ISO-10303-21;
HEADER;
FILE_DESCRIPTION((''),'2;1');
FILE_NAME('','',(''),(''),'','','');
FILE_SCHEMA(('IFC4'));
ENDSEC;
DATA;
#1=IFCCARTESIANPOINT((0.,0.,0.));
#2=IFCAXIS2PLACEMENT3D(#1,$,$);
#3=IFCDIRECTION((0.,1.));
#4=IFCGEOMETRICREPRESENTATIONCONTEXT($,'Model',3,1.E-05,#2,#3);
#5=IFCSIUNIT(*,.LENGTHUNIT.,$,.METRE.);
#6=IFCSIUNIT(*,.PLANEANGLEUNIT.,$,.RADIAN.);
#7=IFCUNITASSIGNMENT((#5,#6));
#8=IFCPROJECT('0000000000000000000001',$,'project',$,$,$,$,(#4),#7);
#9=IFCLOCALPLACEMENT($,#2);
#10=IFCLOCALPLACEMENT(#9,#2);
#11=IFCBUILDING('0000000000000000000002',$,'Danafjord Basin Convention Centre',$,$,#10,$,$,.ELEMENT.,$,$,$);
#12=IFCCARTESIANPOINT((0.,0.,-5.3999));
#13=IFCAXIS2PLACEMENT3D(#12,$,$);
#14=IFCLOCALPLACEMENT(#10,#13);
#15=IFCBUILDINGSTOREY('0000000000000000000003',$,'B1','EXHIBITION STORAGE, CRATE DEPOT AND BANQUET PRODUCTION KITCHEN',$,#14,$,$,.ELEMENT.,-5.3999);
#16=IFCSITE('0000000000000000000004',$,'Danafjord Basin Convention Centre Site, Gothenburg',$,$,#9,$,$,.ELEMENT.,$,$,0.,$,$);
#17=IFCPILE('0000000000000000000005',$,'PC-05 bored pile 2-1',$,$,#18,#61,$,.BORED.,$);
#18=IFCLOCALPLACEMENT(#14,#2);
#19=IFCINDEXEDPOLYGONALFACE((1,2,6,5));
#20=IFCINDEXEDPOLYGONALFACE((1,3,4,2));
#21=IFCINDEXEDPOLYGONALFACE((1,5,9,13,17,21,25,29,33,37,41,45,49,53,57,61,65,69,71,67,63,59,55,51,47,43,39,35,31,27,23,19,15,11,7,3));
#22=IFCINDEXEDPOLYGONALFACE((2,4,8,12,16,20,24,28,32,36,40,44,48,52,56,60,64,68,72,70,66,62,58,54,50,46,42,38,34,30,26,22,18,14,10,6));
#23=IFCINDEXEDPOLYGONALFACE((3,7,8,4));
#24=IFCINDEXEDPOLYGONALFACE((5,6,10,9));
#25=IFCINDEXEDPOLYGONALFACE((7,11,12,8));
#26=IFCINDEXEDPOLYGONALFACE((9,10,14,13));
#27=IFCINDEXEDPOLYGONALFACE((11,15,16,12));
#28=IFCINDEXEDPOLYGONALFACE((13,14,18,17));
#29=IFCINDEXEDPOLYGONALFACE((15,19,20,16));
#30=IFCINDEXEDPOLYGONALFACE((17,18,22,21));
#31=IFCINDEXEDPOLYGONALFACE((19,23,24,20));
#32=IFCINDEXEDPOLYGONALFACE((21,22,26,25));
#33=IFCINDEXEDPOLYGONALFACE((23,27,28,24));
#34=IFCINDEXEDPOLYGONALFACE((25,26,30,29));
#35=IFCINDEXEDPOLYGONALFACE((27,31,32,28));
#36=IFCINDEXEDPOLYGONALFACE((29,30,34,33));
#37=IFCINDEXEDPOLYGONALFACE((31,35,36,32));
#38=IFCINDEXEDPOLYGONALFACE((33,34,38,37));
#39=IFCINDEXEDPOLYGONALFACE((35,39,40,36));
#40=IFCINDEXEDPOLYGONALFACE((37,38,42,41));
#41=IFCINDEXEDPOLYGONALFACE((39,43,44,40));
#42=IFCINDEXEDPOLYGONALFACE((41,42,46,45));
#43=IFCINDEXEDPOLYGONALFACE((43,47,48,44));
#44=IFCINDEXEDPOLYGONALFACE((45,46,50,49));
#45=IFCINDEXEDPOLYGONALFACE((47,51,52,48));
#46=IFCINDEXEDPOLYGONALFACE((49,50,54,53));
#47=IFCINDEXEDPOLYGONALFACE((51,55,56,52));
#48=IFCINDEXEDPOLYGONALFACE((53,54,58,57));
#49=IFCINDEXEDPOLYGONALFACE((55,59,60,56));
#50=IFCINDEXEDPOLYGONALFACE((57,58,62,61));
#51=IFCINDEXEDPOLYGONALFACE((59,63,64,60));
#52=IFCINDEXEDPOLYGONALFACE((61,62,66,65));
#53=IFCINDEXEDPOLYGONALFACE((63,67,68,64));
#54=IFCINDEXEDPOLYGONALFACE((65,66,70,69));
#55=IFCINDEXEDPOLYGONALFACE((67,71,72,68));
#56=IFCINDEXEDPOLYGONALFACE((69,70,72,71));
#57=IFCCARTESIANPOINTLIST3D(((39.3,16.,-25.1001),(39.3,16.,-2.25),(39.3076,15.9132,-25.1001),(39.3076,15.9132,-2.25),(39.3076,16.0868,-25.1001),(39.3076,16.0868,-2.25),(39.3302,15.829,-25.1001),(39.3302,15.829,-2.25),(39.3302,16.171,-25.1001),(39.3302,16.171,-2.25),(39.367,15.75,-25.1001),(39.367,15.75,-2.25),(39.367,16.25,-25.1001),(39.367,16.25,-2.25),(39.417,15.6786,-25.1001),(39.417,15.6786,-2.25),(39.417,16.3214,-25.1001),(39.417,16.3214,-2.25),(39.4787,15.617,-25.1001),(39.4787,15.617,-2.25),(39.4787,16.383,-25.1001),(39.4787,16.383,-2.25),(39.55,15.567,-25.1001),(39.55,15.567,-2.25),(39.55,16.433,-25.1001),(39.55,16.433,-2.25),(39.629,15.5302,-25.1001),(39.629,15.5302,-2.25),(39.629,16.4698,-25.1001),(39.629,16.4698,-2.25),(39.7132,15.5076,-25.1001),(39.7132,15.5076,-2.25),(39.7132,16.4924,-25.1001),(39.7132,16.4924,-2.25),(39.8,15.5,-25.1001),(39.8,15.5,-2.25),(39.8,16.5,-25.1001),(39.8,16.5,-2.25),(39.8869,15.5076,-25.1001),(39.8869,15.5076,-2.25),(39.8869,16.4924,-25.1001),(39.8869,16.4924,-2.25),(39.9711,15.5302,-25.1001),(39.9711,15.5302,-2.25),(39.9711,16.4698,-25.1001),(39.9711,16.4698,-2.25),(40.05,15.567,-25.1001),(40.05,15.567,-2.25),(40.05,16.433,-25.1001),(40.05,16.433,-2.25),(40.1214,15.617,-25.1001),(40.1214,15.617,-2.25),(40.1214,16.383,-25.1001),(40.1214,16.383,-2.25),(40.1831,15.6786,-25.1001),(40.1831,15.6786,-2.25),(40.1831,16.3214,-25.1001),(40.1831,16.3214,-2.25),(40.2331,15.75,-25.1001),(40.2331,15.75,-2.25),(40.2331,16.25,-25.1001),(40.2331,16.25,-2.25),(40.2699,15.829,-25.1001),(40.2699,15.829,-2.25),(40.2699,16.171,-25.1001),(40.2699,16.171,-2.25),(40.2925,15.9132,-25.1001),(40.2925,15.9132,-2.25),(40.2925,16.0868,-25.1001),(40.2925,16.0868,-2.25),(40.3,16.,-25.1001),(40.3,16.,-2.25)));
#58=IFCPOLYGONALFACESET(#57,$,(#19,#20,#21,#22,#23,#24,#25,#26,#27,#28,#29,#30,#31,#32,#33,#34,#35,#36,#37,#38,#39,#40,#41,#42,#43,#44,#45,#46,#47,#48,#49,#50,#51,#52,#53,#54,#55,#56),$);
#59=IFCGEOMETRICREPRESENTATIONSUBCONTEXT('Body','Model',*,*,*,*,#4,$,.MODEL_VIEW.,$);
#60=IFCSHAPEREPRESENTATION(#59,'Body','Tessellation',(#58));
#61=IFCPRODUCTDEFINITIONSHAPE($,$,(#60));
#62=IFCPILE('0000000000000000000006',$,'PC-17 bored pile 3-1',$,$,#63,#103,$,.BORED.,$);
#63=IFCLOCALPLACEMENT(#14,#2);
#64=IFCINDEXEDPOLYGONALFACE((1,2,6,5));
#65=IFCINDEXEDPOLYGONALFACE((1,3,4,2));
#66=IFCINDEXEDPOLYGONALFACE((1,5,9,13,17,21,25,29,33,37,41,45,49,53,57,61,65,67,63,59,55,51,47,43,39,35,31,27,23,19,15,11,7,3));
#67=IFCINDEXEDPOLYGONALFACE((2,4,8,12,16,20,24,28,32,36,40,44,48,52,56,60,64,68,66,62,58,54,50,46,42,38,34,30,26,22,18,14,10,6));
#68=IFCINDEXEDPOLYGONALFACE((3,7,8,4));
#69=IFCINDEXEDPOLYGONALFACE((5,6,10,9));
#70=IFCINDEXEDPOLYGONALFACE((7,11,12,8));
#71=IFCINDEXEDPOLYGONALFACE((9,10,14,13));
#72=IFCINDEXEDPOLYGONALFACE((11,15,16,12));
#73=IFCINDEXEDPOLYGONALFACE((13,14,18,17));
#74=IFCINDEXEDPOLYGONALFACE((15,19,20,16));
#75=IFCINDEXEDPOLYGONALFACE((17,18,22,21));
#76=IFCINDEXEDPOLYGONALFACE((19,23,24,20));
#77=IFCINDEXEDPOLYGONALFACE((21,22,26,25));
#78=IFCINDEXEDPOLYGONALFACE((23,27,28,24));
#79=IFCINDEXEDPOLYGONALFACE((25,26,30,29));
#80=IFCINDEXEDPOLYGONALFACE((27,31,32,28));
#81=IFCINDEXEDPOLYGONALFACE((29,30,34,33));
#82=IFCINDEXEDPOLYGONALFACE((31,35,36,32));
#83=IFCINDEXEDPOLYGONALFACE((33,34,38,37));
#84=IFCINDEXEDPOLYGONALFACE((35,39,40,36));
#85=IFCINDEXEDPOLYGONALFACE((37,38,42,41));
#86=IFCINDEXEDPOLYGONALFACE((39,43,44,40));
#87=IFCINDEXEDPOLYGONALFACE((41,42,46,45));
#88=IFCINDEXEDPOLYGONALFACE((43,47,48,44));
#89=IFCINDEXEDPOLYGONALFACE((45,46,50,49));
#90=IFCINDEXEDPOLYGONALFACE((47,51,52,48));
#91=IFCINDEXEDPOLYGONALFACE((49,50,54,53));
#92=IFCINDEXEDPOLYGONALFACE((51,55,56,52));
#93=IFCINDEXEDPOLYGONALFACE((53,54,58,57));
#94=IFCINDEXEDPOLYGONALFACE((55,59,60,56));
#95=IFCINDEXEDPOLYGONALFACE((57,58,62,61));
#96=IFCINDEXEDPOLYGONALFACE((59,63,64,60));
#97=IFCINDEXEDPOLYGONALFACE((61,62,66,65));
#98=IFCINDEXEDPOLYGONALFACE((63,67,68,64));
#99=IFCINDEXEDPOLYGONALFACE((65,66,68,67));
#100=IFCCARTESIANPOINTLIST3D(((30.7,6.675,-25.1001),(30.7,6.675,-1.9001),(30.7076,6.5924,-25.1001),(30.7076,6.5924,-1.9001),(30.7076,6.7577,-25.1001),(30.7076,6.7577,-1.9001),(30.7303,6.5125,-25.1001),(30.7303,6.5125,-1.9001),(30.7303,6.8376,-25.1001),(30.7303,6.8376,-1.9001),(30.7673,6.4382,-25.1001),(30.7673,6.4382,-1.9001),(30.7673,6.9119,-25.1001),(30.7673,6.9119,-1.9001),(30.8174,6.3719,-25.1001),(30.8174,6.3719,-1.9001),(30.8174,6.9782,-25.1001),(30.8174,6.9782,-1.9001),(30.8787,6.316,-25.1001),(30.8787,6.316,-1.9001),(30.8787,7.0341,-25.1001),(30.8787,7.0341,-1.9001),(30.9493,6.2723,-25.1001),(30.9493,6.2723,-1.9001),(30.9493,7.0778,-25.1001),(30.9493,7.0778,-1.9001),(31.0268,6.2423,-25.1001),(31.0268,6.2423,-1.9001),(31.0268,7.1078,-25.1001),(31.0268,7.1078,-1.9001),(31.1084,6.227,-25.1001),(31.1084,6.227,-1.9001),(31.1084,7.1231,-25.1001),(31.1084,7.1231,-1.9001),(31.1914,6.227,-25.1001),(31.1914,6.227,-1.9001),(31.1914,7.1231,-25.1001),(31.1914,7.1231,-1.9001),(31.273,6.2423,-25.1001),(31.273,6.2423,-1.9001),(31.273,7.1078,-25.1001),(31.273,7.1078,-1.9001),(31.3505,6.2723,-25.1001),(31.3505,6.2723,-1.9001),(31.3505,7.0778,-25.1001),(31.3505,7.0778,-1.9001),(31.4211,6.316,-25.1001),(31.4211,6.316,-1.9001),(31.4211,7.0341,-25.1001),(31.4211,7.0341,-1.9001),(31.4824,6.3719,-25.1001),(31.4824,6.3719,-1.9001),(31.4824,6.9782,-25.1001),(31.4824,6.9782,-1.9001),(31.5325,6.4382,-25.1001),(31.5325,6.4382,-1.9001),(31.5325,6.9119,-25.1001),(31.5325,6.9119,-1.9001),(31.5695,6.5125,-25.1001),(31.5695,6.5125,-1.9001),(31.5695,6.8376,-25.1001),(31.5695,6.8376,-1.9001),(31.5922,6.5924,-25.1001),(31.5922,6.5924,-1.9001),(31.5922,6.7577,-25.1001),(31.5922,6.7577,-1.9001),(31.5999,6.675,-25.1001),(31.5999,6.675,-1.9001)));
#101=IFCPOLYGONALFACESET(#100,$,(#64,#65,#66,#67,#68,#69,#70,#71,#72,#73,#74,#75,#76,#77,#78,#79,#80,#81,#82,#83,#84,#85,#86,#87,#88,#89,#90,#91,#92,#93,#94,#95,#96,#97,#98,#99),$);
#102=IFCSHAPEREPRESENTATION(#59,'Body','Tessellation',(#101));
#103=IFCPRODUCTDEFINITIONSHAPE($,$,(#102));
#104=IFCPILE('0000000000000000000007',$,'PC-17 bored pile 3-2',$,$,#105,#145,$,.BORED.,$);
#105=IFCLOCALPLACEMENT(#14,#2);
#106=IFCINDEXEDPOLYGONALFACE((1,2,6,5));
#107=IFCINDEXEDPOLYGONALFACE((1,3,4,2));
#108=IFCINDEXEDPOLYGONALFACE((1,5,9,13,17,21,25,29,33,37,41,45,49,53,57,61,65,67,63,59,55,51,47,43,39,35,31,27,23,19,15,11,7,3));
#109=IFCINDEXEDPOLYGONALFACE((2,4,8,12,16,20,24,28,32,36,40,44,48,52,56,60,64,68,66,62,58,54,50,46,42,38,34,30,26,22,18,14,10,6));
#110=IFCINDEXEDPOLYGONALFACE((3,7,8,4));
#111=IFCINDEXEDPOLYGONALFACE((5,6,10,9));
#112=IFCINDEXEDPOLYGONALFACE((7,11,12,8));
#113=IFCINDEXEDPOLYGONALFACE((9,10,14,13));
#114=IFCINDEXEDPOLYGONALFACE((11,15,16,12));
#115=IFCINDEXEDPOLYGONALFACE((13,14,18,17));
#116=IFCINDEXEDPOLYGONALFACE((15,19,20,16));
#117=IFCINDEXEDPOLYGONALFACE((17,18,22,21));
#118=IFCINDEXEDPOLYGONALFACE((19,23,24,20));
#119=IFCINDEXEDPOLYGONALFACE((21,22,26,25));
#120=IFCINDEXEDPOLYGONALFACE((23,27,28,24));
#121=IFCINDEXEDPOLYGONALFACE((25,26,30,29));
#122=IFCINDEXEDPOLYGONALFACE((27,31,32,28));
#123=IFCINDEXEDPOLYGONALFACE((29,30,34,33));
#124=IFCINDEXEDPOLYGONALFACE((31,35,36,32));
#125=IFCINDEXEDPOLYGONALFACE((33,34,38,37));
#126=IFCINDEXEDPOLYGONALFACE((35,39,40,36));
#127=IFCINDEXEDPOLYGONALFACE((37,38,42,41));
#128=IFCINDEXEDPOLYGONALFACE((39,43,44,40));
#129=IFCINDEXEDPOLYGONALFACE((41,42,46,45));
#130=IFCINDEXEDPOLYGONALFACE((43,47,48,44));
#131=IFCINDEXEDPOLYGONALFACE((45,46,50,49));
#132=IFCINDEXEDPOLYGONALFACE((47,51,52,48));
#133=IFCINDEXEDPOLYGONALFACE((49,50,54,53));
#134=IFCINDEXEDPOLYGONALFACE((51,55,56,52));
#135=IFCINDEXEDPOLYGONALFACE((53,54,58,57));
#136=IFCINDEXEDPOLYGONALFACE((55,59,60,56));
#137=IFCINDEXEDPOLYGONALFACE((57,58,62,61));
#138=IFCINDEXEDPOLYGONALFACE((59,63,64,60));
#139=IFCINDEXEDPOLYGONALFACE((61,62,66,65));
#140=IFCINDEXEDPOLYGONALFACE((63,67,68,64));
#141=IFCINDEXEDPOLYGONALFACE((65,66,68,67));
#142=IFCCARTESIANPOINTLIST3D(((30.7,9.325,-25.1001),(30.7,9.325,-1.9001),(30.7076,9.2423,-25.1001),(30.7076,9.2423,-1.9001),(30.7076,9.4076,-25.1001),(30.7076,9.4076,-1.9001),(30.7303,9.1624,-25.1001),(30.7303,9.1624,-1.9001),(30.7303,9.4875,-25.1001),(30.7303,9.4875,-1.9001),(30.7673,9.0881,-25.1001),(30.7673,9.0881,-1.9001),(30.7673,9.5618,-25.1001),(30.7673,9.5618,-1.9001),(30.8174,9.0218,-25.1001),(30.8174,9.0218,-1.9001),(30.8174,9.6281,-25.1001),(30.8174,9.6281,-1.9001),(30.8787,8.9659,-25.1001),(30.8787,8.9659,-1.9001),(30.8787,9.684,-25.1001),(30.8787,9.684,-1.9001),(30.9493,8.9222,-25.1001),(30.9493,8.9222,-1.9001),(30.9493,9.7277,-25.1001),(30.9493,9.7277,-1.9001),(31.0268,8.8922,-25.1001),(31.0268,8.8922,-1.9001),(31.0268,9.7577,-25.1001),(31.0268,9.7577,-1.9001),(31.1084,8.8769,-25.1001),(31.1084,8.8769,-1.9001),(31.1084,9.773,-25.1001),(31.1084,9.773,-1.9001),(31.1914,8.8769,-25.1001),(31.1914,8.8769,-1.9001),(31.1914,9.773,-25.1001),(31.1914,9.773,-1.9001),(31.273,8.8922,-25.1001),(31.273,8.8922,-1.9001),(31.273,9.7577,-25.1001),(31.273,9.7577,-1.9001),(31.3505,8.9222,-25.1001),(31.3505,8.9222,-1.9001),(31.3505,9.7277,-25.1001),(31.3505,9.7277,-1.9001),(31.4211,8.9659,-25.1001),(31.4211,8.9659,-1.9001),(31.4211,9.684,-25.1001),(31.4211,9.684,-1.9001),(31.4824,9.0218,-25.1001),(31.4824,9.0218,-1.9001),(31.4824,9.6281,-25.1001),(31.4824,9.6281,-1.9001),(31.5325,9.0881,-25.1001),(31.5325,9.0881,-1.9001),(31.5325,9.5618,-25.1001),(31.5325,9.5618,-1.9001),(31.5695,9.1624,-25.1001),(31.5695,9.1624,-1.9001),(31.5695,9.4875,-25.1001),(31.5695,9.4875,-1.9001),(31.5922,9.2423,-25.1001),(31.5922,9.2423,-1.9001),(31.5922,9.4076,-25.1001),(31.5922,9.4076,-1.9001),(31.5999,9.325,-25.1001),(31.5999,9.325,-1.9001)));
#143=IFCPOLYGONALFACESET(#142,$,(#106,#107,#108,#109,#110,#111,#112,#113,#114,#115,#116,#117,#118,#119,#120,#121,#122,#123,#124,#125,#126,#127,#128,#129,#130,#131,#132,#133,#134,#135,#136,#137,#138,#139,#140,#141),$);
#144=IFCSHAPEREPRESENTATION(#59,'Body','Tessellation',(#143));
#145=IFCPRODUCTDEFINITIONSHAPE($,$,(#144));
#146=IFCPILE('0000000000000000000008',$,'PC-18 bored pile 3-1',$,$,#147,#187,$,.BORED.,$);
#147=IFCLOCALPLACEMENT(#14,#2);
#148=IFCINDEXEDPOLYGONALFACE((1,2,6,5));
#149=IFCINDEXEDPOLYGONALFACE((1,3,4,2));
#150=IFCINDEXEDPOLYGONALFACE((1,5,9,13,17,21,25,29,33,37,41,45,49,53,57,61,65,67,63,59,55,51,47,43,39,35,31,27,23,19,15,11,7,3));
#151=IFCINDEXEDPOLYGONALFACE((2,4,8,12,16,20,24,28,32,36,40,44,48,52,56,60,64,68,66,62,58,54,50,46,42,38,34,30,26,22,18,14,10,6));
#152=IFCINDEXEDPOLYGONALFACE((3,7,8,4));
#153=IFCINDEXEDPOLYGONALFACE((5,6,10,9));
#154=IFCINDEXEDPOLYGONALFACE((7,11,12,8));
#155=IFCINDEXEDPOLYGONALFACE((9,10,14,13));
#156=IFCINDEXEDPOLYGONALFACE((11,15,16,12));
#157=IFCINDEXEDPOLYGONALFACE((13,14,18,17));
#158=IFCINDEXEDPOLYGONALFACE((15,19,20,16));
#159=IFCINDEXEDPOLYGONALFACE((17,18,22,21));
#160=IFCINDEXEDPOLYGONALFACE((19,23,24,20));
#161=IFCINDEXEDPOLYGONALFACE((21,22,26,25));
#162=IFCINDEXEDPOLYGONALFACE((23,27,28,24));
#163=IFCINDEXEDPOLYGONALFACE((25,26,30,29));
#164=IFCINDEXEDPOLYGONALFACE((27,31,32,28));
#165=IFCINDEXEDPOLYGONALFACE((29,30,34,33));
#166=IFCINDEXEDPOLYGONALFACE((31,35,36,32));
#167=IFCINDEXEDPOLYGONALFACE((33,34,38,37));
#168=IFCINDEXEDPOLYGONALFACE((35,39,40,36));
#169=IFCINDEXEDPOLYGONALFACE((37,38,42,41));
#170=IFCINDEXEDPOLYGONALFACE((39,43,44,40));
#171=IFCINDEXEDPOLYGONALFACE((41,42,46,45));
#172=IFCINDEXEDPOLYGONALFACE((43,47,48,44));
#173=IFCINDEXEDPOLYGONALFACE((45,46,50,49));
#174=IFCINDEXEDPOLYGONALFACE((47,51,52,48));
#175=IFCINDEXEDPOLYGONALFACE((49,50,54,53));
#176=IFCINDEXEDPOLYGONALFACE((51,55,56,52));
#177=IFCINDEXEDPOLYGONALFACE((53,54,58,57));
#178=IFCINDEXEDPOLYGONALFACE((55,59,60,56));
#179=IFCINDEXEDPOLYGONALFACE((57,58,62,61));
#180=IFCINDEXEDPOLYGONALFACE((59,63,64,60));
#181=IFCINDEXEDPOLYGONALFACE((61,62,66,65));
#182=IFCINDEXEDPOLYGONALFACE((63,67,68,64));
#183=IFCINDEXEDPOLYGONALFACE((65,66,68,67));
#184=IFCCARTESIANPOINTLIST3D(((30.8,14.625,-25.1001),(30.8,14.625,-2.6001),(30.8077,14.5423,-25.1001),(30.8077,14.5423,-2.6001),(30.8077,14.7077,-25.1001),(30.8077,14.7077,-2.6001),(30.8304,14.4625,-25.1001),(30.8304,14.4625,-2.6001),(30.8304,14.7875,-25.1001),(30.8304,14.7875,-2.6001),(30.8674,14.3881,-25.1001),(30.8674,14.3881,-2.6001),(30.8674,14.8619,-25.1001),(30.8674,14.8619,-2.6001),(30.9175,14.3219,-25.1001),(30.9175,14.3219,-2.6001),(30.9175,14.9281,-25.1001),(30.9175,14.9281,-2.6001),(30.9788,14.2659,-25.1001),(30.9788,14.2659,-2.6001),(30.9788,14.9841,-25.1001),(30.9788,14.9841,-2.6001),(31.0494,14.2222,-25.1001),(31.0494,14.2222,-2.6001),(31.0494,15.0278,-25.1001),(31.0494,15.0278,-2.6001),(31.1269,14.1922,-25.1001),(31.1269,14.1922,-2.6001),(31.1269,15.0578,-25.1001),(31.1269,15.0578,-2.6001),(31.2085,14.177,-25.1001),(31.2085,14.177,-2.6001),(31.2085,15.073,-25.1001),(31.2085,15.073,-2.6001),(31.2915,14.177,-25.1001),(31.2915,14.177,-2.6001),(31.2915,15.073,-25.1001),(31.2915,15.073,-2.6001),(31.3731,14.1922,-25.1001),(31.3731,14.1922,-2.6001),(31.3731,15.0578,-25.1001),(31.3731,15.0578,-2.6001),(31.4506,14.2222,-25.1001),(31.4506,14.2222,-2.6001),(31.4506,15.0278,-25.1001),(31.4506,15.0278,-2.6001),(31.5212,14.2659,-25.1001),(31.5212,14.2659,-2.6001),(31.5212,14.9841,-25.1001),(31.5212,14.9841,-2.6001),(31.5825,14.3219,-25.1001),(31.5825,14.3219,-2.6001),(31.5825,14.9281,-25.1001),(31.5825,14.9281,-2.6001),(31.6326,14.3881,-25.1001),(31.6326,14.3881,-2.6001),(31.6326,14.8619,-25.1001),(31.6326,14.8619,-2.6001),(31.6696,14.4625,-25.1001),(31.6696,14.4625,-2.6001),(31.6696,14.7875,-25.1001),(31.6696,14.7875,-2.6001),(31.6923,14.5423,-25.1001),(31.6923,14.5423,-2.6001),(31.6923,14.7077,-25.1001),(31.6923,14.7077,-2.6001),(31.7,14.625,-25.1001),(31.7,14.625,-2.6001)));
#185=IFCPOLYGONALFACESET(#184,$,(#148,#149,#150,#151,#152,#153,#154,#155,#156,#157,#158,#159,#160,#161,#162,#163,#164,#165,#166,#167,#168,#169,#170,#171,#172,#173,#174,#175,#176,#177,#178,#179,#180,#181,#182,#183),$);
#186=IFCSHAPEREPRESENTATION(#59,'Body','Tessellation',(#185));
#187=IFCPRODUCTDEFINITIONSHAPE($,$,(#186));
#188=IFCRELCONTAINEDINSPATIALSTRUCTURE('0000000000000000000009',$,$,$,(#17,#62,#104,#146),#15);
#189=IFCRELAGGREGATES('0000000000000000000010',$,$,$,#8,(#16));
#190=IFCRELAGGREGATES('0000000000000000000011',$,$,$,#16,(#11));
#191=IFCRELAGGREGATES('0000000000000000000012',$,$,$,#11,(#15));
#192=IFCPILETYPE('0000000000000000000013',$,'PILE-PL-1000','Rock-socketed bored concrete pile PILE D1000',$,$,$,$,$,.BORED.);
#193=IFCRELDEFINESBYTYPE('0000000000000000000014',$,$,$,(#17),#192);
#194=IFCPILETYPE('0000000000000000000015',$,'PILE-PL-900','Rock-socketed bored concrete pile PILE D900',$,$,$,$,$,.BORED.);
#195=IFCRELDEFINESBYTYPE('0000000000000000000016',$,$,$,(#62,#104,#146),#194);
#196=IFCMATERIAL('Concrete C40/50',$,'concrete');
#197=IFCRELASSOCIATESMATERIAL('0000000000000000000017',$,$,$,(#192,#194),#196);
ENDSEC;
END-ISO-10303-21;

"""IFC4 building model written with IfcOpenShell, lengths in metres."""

from ifc_helpers import new_model, si_unit, direction, frame, origin, origin_2d, place, context, subcontext, project, spatial, circle, extrude, material, material_profile, profile_set, type_object, element, save


model = new_model("IFC4")

# Units and contexts
model_context = context("Model", 3, precision=1e-05, world=origin(), true_north=direction((0.0, 1.0)))
body_context = subcontext(model_context, "Body", "Model", "MODEL_VIEW")
ifc_project = project(units=[si_unit("LENGTHUNIT", "METRE"), si_unit("PLANEANGLEUNIT", "RADIAN")], contexts=[model_context])

# Site, building, storey
site_placement = place(None, origin())
site = spatial("IfcSite", under=ifc_project, at=site_placement, Name="Danafjord Basin Convention Centre Site, Gothenburg", CompositionType="ELEMENT", RefElevation=0.0)
building_placement = place(site_placement, origin())
building = spatial("IfcBuilding", under=site, at=building_placement, Name="Danafjord Basin Convention Centre", CompositionType="ELEMENT")
storey_placement = place(building_placement, frame((0.0, 0.0, -5.3999)))
storey = spatial("IfcBuildingStorey", under=building, at=storey_placement, Name="B1", Description="EXHIBITION STORAGE, CRATE DEPOT AND BANQUET PRODUCTION KITCHEN", CompositionType="ELEMENT", Elevation=-5.3999)

# Shared definitions
ifc_material_1 = material(Name="Concrete C40/50", Category="concrete")

# Piles
ifc_material_profile_1 = material_profile(ifc_material_1, circle(Radius=0.5, at=origin_2d()), Name="PILE D1000")
ifc_profile_set_1 = profile_set([ifc_material_profile_1], Name="Concrete C40/50")
pile_type_1 = type_object("IfcPileType", Name="PILE-PL-1000", Description="Rock-socketed bored concrete pile PILE D1000", PredefinedType="BORED", material=ifc_profile_set_1)
for number, where, z_axis, x_axis, name in (
    (1, (39.8, 16.0, -2.25), (0.0, 0.0, -1.0), (1.0, 0.0, 0.0), "PC-05 bored pile 2-1"),
):
    element("IfcPile", number, at=place(storey_placement, frame(where, z_axis=z_axis, x_axis=x_axis)), inside=storey, type_object=pile_type_1, Name=name, PredefinedType="BORED", context=body_context, shape_type="SweptSolid", body=[
        extrude(circle(Radius=0.5, at=origin_2d()), origin(), (0.0, 0.0, 1.0), 22.8501),
    ])
ifc_material_profile_2 = material_profile(ifc_material_1, circle(Radius=0.45, at=origin_2d()), Name="PILE D900")
ifc_profile_set_2 = profile_set([ifc_material_profile_2], Name="Concrete C40/50")
pile_type_2 = type_object("IfcPileType", Name="PILE-PL-900", Description="Rock-socketed bored concrete pile PILE D900", PredefinedType="BORED", material=ifc_profile_set_2)
for number, where, z_axis, x_axis, name in (
    (2, (31.1499, 6.675, -1.9001), (0.0, 0.0, -1.0), (1.0, 0.0, 0.0), "PC-17 bored pile 3-1"),
    (3, (31.1499, 9.325, -1.9001), (0.0, 0.0, -1.0), (1.0, 0.0, 0.0), "PC-17 bored pile 3-2"),
):
    element("IfcPile", number, at=place(storey_placement, frame(where, z_axis=z_axis, x_axis=x_axis)), inside=storey, type_object=pile_type_2, Name=name, PredefinedType="BORED", context=body_context, shape_type="SweptSolid", body=[
        extrude(circle(Radius=0.45, at=origin_2d()), origin(), (0.0, 0.0, 1.0), 23.2),
    ])
for number, where, z_axis, x_axis, name in (
    (4, (31.25, 14.625, -2.6001), (0.0, 0.0, -1.0), (1.0, 0.0, 0.0), "PC-18 bored pile 3-1"),
):
    element("IfcPile", number, at=place(storey_placement, frame(where, z_axis=z_axis, x_axis=x_axis)), inside=storey, type_object=pile_type_2, Name=name, PredefinedType="BORED", context=body_context, shape_type="SweptSolid", body=[
        extrude(circle(Radius=0.45, at=origin_2d()), origin(), (0.0, 0.0, 1.0), 22.5),
    ])

save(model, "model.ifc")
